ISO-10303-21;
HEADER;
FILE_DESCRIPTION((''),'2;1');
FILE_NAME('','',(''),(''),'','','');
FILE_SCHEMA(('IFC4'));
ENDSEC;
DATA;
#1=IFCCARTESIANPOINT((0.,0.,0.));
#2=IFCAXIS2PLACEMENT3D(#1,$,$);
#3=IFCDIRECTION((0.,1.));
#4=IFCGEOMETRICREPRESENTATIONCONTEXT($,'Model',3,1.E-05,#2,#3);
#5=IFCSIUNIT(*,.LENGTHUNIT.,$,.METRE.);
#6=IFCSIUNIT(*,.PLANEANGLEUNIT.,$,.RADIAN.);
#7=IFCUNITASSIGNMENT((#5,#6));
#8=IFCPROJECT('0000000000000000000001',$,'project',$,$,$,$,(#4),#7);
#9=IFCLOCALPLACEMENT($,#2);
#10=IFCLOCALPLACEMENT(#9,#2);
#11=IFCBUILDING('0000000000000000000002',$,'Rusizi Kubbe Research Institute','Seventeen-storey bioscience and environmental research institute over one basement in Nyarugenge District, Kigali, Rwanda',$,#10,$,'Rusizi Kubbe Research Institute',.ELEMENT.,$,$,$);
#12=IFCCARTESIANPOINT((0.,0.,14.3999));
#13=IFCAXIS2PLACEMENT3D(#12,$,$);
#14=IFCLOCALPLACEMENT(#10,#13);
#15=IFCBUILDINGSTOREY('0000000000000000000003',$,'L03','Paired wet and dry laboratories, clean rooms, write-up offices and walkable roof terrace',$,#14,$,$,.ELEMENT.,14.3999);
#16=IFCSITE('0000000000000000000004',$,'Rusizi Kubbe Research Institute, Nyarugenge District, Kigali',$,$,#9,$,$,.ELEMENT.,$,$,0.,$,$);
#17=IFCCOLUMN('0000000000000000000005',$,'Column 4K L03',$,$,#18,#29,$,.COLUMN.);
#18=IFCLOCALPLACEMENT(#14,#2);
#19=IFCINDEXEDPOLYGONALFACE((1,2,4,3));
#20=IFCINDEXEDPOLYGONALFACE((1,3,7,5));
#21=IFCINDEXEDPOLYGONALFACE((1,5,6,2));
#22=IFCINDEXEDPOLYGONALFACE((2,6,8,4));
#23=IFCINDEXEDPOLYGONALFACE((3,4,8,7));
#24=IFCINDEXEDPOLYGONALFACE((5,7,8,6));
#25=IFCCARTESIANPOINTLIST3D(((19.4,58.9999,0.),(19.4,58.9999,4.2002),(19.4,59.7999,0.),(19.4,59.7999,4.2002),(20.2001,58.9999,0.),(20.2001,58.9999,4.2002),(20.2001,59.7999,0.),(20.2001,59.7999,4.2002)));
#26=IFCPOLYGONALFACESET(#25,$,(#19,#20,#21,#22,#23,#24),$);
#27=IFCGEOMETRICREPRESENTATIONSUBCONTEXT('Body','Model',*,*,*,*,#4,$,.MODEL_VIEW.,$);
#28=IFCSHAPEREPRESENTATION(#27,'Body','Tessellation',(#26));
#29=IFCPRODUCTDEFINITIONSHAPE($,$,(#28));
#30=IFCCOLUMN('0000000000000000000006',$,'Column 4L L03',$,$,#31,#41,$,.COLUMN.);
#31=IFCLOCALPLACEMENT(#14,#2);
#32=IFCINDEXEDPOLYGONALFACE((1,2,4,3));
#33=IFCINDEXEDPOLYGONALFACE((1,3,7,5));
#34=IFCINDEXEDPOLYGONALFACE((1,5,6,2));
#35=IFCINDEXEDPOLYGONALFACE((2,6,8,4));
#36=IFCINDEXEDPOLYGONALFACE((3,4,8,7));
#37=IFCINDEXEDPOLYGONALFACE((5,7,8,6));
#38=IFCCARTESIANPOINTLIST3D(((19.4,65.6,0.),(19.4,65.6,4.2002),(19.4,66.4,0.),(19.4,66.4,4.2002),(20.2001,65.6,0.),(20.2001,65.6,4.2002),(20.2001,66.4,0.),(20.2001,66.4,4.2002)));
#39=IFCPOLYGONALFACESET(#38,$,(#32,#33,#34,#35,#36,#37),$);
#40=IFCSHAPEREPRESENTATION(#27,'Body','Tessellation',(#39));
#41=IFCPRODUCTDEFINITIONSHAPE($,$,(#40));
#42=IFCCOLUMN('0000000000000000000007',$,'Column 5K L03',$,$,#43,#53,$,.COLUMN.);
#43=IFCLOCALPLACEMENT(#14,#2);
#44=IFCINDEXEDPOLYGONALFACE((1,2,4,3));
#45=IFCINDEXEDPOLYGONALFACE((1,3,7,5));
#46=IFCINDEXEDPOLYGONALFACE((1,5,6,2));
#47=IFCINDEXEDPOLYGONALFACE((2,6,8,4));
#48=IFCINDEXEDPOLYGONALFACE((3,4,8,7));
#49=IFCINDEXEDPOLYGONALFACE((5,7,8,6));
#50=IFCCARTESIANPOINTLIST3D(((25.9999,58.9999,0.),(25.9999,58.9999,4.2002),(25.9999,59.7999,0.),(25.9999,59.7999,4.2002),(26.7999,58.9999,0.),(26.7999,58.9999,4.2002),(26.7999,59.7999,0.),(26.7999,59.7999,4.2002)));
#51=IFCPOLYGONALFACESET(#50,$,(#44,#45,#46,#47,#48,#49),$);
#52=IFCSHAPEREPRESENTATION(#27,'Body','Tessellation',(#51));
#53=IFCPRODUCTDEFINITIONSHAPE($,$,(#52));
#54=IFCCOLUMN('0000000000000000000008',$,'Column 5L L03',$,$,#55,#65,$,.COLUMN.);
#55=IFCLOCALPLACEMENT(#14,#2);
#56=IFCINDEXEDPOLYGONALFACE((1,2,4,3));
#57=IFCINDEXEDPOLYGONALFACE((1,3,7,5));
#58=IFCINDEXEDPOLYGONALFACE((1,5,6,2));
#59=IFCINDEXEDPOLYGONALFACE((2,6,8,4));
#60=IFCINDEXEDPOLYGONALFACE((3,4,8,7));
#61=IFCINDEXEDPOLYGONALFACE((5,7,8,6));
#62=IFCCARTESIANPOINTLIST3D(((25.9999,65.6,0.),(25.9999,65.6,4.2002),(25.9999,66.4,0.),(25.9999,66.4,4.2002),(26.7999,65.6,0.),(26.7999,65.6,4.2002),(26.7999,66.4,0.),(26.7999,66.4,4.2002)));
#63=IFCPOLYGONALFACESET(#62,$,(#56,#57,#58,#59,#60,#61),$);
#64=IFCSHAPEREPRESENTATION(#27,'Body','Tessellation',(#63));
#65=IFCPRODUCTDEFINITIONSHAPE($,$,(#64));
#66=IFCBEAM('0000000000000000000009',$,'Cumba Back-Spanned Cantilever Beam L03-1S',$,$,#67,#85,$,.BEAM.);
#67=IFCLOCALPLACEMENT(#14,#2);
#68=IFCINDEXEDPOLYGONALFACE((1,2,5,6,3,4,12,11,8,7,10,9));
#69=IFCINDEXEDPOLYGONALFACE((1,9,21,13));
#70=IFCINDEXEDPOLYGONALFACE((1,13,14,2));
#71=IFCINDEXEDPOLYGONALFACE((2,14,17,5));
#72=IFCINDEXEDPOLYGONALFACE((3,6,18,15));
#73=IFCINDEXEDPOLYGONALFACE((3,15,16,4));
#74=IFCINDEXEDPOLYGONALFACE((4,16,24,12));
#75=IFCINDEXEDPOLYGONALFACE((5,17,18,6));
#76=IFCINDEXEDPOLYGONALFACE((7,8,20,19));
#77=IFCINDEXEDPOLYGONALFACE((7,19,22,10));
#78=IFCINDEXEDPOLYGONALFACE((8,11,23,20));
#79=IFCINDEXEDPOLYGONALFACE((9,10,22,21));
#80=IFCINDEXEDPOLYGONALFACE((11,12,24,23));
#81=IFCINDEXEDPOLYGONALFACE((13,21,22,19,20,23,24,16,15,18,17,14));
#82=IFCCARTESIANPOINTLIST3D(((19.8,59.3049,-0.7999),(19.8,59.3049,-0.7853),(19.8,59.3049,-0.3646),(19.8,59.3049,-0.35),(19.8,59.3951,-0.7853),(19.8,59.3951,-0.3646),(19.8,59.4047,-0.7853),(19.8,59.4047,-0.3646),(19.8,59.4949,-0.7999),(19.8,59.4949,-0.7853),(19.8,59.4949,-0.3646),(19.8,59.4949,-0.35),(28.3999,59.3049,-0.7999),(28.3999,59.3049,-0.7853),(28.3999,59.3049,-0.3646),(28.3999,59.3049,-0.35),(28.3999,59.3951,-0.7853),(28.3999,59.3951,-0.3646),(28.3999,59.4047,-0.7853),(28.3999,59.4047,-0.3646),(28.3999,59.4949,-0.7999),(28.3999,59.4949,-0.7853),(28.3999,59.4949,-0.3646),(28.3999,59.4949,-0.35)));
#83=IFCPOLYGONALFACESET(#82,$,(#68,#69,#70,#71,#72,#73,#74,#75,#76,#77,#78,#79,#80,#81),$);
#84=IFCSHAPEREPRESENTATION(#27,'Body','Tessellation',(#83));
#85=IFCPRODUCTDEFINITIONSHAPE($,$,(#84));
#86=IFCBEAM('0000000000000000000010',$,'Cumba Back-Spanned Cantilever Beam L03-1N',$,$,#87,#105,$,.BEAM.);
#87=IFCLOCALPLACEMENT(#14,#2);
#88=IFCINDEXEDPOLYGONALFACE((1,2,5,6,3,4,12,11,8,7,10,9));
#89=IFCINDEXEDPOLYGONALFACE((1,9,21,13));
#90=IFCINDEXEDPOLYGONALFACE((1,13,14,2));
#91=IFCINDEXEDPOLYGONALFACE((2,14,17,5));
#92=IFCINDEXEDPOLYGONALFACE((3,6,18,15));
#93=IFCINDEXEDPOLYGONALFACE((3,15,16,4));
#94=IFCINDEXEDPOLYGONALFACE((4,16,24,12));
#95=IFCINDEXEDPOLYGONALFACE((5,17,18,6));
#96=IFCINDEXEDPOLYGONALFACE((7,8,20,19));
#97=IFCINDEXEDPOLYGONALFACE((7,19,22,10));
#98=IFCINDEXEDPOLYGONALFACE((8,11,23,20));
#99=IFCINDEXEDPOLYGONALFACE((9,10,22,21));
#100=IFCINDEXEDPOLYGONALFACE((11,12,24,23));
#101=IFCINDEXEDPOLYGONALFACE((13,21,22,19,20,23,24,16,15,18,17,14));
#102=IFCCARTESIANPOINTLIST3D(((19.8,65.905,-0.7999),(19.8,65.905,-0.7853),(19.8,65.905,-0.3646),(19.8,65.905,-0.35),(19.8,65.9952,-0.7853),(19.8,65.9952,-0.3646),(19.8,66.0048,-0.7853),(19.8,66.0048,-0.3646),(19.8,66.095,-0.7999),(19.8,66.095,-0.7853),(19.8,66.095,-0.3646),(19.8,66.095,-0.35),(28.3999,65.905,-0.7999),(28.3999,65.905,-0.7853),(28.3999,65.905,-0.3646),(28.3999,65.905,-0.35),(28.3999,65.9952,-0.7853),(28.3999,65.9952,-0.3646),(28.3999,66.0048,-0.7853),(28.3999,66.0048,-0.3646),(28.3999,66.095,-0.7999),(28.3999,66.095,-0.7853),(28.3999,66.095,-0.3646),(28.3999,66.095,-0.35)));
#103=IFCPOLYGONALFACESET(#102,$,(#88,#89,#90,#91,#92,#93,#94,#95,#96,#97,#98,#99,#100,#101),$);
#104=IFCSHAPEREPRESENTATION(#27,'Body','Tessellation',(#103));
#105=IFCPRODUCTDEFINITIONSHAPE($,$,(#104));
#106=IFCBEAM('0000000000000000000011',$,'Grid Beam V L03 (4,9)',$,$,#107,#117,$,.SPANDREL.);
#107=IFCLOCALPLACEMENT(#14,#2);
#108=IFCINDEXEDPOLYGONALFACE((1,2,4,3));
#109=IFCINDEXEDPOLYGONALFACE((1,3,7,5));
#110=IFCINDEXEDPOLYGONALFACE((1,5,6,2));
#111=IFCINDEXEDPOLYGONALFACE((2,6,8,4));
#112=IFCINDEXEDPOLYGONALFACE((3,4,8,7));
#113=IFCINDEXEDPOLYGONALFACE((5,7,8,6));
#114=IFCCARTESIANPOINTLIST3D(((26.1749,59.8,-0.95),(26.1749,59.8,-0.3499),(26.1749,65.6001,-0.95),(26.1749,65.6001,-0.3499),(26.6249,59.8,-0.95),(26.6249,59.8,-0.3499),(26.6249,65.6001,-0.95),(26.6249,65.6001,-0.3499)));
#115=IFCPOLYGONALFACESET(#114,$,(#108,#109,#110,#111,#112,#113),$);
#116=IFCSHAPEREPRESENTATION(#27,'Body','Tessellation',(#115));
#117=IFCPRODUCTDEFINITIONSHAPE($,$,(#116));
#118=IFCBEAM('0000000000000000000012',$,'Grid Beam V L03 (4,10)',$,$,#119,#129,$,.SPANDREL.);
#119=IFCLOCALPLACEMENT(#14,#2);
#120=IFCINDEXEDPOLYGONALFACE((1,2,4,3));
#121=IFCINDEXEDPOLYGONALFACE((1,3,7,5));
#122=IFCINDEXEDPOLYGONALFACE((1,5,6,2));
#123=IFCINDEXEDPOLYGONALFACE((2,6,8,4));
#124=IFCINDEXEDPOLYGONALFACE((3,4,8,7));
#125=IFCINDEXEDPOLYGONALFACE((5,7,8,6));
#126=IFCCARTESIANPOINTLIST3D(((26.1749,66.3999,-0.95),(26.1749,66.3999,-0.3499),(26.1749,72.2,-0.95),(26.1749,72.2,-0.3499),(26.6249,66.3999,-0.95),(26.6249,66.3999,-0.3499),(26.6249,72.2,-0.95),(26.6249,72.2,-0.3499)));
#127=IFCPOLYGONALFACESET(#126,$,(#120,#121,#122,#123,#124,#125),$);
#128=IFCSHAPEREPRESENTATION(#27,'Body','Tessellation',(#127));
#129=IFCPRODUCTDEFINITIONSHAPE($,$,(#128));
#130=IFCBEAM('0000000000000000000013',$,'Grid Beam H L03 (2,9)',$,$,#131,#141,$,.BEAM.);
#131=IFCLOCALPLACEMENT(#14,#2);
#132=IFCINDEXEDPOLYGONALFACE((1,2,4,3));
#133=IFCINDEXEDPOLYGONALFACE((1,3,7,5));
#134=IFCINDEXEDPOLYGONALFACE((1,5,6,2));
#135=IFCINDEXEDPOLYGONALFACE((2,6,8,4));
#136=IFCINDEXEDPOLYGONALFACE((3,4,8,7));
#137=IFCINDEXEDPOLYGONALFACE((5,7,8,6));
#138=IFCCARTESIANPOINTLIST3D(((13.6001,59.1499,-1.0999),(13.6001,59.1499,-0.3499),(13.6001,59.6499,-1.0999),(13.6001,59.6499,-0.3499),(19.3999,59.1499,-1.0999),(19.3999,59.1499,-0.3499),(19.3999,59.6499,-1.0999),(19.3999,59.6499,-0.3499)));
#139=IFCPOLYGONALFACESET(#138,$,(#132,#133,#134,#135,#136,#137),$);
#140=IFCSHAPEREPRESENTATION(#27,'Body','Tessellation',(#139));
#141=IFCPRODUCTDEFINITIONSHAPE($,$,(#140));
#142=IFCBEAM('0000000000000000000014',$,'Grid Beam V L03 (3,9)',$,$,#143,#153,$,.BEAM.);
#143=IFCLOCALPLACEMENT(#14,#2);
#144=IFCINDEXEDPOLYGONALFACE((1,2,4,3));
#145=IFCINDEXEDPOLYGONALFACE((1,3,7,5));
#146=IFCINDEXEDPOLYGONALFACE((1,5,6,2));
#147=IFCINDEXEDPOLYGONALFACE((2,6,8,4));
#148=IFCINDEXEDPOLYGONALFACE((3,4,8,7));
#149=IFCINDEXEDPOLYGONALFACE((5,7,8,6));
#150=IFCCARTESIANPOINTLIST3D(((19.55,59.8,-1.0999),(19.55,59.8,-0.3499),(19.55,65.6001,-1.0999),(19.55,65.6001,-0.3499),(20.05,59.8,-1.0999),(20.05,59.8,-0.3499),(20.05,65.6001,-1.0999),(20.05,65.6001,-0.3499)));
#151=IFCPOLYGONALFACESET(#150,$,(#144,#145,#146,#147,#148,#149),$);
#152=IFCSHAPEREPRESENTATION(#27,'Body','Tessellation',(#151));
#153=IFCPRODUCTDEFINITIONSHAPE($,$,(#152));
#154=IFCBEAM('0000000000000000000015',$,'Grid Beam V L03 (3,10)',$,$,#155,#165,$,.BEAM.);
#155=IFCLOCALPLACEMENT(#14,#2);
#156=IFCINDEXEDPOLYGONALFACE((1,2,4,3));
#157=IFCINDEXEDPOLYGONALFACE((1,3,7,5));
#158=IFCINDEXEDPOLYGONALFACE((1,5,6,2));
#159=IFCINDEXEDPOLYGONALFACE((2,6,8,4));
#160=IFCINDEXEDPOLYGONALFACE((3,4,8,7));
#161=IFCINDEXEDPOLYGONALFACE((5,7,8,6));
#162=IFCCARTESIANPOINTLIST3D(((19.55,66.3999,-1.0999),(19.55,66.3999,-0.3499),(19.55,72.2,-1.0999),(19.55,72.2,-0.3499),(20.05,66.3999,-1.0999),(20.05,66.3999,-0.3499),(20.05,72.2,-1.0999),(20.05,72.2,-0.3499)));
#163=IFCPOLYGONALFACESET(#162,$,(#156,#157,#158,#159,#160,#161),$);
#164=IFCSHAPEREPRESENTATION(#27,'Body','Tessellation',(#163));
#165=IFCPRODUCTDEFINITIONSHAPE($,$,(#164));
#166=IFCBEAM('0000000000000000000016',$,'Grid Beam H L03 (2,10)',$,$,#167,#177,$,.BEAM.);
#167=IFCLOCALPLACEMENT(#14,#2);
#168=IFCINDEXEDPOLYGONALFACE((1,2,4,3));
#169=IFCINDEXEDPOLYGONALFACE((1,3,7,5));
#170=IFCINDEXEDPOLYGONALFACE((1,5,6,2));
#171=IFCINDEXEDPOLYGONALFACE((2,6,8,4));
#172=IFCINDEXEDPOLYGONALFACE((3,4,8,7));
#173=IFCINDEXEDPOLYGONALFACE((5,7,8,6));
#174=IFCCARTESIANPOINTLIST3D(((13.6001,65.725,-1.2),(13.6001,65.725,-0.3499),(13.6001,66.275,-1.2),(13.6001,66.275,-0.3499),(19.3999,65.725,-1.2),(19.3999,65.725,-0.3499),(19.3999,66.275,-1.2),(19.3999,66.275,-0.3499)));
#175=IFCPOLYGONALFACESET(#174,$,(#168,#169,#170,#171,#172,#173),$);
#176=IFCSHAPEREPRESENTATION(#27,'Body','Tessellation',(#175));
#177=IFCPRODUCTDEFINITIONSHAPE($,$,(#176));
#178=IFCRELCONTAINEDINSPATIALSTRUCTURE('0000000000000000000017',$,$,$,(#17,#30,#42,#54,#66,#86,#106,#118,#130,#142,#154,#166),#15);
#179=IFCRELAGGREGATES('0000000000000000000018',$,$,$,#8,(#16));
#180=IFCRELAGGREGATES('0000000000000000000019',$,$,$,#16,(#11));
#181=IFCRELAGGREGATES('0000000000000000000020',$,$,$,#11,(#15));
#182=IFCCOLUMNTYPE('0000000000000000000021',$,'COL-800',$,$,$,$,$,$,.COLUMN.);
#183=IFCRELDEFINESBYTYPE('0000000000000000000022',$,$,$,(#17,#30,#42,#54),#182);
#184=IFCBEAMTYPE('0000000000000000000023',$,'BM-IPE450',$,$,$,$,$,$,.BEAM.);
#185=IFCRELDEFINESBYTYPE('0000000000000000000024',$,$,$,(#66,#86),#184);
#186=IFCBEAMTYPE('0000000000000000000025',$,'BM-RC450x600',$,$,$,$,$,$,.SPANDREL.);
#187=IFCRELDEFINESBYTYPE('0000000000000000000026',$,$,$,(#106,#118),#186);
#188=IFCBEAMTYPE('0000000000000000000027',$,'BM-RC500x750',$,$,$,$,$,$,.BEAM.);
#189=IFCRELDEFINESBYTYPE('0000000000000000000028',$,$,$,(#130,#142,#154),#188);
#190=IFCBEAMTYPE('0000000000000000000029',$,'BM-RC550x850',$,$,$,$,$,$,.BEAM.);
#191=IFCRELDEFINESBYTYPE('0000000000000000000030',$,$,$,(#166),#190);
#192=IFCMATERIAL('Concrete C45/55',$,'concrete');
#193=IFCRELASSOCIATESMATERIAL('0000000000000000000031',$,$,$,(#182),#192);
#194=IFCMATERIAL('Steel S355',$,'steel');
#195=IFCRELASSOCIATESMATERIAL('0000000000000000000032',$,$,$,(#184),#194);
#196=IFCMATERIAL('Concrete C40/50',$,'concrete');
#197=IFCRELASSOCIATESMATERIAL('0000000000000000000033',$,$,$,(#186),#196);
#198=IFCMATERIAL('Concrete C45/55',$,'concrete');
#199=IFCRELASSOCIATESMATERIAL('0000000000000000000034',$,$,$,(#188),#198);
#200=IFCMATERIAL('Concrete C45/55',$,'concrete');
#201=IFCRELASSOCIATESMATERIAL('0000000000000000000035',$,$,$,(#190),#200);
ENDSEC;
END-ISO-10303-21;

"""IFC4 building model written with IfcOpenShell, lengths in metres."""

from ifc_helpers import new_model, si_unit, direction, frame, origin, origin_2d, place, context, subcontext, project, spatial, rectangle, i_section, extrude, material, material_profile, profile_set, type_object, element, save


model = new_model("IFC4")

# Units and contexts
model_context = context("Model", 3, precision=1e-05, world=origin(), true_north=direction((0.0, 1.0)))
body_context = subcontext(model_context, "Body", "Model", "MODEL_VIEW")
ifc_project = project(units=[si_unit("LENGTHUNIT", "METRE"), si_unit("PLANEANGLEUNIT", "RADIAN")], contexts=[model_context])

# Site, building, storey
site_placement = place(None, origin())
site = spatial("IfcSite", under=ifc_project, at=site_placement, Name="Rusizi Kubbe Research Institute, Nyarugenge District, Kigali", CompositionType="ELEMENT", RefElevation=0.0)
building_placement = place(site_placement, origin())
building = spatial("IfcBuilding", under=site, at=building_placement, Name="Rusizi Kubbe Research Institute", Description="Seventeen-storey bioscience and environmental research institute over one basement in Nyarugenge District, Kigali, Rwanda", LongName="Rusizi Kubbe Research Institute", CompositionType="ELEMENT")
storey_placement = place(building_placement, frame((0.0, 0.0, 14.3999)))
storey = spatial("IfcBuildingStorey", under=building, at=storey_placement, Name="L03", Description="Paired wet and dry laboratories, clean rooms, write-up offices and walkable roof terrace", CompositionType="ELEMENT", Elevation=14.3999)

# Columns
ifc_material_1 = material(Name="Concrete C45/55", Category="concrete")
ifc_material_profile_1 = material_profile(ifc_material_1, rectangle(XDim=0.8, YDim=0.8, at=origin_2d()), Name="RC800x800")
ifc_profile_set_1 = profile_set([ifc_material_profile_1], Name="Concrete C45/55")
column_type = type_object("IfcColumnType", Name="COL-800", PredefinedType="COLUMN", material=ifc_profile_set_1)
for number, where, z_axis, x_axis, name in (
    (1, (19.8, 59.3999, 0.0), (0.0, 0.0, 1.0), (1.0, 0.0, 0.0), "Column 4K L03"),
    (2, (19.8, 66.0, 0.0), (0.0, 0.0, 1.0), (1.0, 0.0, 0.0), "Column 4L L03"),
    (3, (26.3999, 59.3999, 0.0), (0.0, 0.0, 1.0), (1.0, 0.0, 0.0), "Column 5K L03"),
    (4, (26.3999, 66.0, 0.0), (0.0, 0.0, 1.0), (1.0, 0.0, 0.0), "Column 5L L03"),
):
    element("IfcColumn", number, at=place(storey_placement, frame(where, z_axis=z_axis, x_axis=x_axis)), inside=storey, type_object=column_type, Name=name, PredefinedType="COLUMN", context=body_context, shape_type="SweptSolid", body=[
        extrude(rectangle(XDim=0.8, YDim=0.8, at=origin_2d()), origin(), (0.0, 0.0, 1.0), 4.2002),
    ])

# Beams
ifc_material_2 = material(Name="Steel S355", Category="steel")
ifc_material_profile_2 = material_profile(ifc_material_2, i_section(OverallWidth=0.1899, OverallDepth=0.45, WebThickness=0.0095, FlangeThickness=0.0146, at=origin_2d()), Name="IPE 450")
ifc_profile_set_2 = profile_set([ifc_material_profile_2], Name="Steel S355")
beam_type_1 = type_object("IfcBeamType", Name="BM-IPE450", PredefinedType="BEAM", material=ifc_profile_set_2)
for number, where, z_axis, x_axis, name in (
    (5, (19.8, 59.3999, -0.575), (1.0, 0.0, 0.0), (0.0, 1.0, 0.0), "Cumba Back-Spanned Cantilever Beam L03-1S"),
    (6, (19.8, 66.0, -0.575), (1.0, 0.0, 0.0), (0.0, 1.0, 0.0), "Cumba Back-Spanned Cantilever Beam L03-1N"),
):
    element("IfcBeam", number, at=place(storey_placement, frame(where, z_axis=z_axis, x_axis=x_axis)), inside=storey, type_object=beam_type_1, Name=name, PredefinedType="BEAM", context=body_context, shape_type="SweptSolid", body=[
        extrude(i_section(OverallWidth=0.1899, OverallDepth=0.45, WebThickness=0.0095, FlangeThickness=0.0146, at=origin_2d()), origin(), (0.0, 0.0, 1.0), 8.5999),
    ])
ifc_material_3 = material(Name="Concrete C40/50", Category="concrete")
ifc_material_profile_3 = material_profile(ifc_material_3, rectangle(XDim=0.45, YDim=0.6001, at=origin_2d()), Name="RC450x600")
ifc_profile_set_3 = profile_set([ifc_material_profile_3], Name="Concrete C40/50")
beam_type_2 = type_object("IfcBeamType", Name="BM-RC450x600", PredefinedType="SPANDREL", material=ifc_profile_set_3)
for number, where, z_axis, x_axis, name in (
    (7, (26.3999, 59.8, -0.6499), (0.0, 1.0, 0.0), (-1.0, 0.0, 0.0), "Grid Beam V L03 (4,9)"),
    (8, (26.3999, 66.3999, -0.6499), (0.0, 1.0, 0.0), (-1.0, 0.0, 0.0), "Grid Beam V L03 (4,10)"),
):
    element("IfcBeam", number, at=place(storey_placement, frame(where, z_axis=z_axis, x_axis=x_axis)), inside=storey, type_object=beam_type_2, Name=name, PredefinedType="SPANDREL", context=body_context, shape_type="SweptSolid", body=[
        extrude(rectangle(XDim=0.45, YDim=0.6001, at=origin_2d()), origin(), (0.0, 0.0, 1.0), 5.8),
    ])
ifc_material_4 = material(Name="Concrete C45/55", Category="concrete")
ifc_material_profile_4 = material_profile(ifc_material_4, rectangle(XDim=0.5, YDim=0.75, at=origin_2d()), Name="RC500x750B")
ifc_profile_set_4 = profile_set([ifc_material_profile_4], Name="Concrete C45/55")
beam_type_3 = type_object("IfcBeamType", Name="BM-RC500x750", PredefinedType="BEAM", material=ifc_profile_set_4)
beam_1_placement = place(storey_placement, frame((13.6001, 59.3999, -0.7249), z_axis=(1.0, 0.0, 0.0), x_axis=(0.0, 1.0, 0.0)))
element("IfcBeam", 9, at=beam_1_placement, inside=storey, type_object=beam_type_3, Name="Grid Beam H L03 (2,9)", PredefinedType="BEAM", context=body_context, shape_type="SweptSolid", body=[
    extrude(rectangle(XDim=0.5, YDim=0.75, at=origin_2d()), origin(), (0.0, 0.0, 1.0), 5.7998),
])
for number, where, z_axis, x_axis, name in (
    (10, (19.8, 59.8, -0.7249), (0.0, 1.0, 0.0), (-1.0, 0.0, 0.0), "Grid Beam V L03 (3,9)"),
    (11, (19.8, 66.3999, -0.7249), (0.0, 1.0, 0.0), (-1.0, 0.0, 0.0), "Grid Beam V L03 (3,10)"),
):
    element("IfcBeam", number, at=place(storey_placement, frame(where, z_axis=z_axis, x_axis=x_axis)), inside=storey, type_object=beam_type_3, Name=name, PredefinedType="BEAM", context=body_context, shape_type="SweptSolid", body=[
        extrude(rectangle(XDim=0.5, YDim=0.75, at=origin_2d()), origin(), (0.0, 0.0, 1.0), 5.8),
    ])
ifc_material_5 = material(Name="Concrete C45/55", Category="concrete")
ifc_material_profile_5 = material_profile(ifc_material_5, rectangle(XDim=0.55, YDim=0.8501, at=origin_2d()), Name="RC550x850")
ifc_profile_set_5 = profile_set([ifc_material_profile_5], Name="Concrete C45/55")
beam_type_4 = type_object("IfcBeamType", Name="BM-RC550x850", PredefinedType="BEAM", material=ifc_profile_set_5)
beam_2_placement = place(storey_placement, frame((13.6001, 66.0, -0.7749), z_axis=(1.0, 0.0, 0.0), x_axis=(0.0, 1.0, 0.0)))
element("IfcBeam", 12, at=beam_2_placement, inside=storey, type_object=beam_type_4, Name="Grid Beam H L03 (2,10)", PredefinedType="BEAM", context=body_context, shape_type="SweptSolid", body=[
    extrude(rectangle(XDim=0.55, YDim=0.8501, at=origin_2d()), origin(), (0.0, 0.0, 1.0), 5.7998),
])

save(model, "model.ifc")
